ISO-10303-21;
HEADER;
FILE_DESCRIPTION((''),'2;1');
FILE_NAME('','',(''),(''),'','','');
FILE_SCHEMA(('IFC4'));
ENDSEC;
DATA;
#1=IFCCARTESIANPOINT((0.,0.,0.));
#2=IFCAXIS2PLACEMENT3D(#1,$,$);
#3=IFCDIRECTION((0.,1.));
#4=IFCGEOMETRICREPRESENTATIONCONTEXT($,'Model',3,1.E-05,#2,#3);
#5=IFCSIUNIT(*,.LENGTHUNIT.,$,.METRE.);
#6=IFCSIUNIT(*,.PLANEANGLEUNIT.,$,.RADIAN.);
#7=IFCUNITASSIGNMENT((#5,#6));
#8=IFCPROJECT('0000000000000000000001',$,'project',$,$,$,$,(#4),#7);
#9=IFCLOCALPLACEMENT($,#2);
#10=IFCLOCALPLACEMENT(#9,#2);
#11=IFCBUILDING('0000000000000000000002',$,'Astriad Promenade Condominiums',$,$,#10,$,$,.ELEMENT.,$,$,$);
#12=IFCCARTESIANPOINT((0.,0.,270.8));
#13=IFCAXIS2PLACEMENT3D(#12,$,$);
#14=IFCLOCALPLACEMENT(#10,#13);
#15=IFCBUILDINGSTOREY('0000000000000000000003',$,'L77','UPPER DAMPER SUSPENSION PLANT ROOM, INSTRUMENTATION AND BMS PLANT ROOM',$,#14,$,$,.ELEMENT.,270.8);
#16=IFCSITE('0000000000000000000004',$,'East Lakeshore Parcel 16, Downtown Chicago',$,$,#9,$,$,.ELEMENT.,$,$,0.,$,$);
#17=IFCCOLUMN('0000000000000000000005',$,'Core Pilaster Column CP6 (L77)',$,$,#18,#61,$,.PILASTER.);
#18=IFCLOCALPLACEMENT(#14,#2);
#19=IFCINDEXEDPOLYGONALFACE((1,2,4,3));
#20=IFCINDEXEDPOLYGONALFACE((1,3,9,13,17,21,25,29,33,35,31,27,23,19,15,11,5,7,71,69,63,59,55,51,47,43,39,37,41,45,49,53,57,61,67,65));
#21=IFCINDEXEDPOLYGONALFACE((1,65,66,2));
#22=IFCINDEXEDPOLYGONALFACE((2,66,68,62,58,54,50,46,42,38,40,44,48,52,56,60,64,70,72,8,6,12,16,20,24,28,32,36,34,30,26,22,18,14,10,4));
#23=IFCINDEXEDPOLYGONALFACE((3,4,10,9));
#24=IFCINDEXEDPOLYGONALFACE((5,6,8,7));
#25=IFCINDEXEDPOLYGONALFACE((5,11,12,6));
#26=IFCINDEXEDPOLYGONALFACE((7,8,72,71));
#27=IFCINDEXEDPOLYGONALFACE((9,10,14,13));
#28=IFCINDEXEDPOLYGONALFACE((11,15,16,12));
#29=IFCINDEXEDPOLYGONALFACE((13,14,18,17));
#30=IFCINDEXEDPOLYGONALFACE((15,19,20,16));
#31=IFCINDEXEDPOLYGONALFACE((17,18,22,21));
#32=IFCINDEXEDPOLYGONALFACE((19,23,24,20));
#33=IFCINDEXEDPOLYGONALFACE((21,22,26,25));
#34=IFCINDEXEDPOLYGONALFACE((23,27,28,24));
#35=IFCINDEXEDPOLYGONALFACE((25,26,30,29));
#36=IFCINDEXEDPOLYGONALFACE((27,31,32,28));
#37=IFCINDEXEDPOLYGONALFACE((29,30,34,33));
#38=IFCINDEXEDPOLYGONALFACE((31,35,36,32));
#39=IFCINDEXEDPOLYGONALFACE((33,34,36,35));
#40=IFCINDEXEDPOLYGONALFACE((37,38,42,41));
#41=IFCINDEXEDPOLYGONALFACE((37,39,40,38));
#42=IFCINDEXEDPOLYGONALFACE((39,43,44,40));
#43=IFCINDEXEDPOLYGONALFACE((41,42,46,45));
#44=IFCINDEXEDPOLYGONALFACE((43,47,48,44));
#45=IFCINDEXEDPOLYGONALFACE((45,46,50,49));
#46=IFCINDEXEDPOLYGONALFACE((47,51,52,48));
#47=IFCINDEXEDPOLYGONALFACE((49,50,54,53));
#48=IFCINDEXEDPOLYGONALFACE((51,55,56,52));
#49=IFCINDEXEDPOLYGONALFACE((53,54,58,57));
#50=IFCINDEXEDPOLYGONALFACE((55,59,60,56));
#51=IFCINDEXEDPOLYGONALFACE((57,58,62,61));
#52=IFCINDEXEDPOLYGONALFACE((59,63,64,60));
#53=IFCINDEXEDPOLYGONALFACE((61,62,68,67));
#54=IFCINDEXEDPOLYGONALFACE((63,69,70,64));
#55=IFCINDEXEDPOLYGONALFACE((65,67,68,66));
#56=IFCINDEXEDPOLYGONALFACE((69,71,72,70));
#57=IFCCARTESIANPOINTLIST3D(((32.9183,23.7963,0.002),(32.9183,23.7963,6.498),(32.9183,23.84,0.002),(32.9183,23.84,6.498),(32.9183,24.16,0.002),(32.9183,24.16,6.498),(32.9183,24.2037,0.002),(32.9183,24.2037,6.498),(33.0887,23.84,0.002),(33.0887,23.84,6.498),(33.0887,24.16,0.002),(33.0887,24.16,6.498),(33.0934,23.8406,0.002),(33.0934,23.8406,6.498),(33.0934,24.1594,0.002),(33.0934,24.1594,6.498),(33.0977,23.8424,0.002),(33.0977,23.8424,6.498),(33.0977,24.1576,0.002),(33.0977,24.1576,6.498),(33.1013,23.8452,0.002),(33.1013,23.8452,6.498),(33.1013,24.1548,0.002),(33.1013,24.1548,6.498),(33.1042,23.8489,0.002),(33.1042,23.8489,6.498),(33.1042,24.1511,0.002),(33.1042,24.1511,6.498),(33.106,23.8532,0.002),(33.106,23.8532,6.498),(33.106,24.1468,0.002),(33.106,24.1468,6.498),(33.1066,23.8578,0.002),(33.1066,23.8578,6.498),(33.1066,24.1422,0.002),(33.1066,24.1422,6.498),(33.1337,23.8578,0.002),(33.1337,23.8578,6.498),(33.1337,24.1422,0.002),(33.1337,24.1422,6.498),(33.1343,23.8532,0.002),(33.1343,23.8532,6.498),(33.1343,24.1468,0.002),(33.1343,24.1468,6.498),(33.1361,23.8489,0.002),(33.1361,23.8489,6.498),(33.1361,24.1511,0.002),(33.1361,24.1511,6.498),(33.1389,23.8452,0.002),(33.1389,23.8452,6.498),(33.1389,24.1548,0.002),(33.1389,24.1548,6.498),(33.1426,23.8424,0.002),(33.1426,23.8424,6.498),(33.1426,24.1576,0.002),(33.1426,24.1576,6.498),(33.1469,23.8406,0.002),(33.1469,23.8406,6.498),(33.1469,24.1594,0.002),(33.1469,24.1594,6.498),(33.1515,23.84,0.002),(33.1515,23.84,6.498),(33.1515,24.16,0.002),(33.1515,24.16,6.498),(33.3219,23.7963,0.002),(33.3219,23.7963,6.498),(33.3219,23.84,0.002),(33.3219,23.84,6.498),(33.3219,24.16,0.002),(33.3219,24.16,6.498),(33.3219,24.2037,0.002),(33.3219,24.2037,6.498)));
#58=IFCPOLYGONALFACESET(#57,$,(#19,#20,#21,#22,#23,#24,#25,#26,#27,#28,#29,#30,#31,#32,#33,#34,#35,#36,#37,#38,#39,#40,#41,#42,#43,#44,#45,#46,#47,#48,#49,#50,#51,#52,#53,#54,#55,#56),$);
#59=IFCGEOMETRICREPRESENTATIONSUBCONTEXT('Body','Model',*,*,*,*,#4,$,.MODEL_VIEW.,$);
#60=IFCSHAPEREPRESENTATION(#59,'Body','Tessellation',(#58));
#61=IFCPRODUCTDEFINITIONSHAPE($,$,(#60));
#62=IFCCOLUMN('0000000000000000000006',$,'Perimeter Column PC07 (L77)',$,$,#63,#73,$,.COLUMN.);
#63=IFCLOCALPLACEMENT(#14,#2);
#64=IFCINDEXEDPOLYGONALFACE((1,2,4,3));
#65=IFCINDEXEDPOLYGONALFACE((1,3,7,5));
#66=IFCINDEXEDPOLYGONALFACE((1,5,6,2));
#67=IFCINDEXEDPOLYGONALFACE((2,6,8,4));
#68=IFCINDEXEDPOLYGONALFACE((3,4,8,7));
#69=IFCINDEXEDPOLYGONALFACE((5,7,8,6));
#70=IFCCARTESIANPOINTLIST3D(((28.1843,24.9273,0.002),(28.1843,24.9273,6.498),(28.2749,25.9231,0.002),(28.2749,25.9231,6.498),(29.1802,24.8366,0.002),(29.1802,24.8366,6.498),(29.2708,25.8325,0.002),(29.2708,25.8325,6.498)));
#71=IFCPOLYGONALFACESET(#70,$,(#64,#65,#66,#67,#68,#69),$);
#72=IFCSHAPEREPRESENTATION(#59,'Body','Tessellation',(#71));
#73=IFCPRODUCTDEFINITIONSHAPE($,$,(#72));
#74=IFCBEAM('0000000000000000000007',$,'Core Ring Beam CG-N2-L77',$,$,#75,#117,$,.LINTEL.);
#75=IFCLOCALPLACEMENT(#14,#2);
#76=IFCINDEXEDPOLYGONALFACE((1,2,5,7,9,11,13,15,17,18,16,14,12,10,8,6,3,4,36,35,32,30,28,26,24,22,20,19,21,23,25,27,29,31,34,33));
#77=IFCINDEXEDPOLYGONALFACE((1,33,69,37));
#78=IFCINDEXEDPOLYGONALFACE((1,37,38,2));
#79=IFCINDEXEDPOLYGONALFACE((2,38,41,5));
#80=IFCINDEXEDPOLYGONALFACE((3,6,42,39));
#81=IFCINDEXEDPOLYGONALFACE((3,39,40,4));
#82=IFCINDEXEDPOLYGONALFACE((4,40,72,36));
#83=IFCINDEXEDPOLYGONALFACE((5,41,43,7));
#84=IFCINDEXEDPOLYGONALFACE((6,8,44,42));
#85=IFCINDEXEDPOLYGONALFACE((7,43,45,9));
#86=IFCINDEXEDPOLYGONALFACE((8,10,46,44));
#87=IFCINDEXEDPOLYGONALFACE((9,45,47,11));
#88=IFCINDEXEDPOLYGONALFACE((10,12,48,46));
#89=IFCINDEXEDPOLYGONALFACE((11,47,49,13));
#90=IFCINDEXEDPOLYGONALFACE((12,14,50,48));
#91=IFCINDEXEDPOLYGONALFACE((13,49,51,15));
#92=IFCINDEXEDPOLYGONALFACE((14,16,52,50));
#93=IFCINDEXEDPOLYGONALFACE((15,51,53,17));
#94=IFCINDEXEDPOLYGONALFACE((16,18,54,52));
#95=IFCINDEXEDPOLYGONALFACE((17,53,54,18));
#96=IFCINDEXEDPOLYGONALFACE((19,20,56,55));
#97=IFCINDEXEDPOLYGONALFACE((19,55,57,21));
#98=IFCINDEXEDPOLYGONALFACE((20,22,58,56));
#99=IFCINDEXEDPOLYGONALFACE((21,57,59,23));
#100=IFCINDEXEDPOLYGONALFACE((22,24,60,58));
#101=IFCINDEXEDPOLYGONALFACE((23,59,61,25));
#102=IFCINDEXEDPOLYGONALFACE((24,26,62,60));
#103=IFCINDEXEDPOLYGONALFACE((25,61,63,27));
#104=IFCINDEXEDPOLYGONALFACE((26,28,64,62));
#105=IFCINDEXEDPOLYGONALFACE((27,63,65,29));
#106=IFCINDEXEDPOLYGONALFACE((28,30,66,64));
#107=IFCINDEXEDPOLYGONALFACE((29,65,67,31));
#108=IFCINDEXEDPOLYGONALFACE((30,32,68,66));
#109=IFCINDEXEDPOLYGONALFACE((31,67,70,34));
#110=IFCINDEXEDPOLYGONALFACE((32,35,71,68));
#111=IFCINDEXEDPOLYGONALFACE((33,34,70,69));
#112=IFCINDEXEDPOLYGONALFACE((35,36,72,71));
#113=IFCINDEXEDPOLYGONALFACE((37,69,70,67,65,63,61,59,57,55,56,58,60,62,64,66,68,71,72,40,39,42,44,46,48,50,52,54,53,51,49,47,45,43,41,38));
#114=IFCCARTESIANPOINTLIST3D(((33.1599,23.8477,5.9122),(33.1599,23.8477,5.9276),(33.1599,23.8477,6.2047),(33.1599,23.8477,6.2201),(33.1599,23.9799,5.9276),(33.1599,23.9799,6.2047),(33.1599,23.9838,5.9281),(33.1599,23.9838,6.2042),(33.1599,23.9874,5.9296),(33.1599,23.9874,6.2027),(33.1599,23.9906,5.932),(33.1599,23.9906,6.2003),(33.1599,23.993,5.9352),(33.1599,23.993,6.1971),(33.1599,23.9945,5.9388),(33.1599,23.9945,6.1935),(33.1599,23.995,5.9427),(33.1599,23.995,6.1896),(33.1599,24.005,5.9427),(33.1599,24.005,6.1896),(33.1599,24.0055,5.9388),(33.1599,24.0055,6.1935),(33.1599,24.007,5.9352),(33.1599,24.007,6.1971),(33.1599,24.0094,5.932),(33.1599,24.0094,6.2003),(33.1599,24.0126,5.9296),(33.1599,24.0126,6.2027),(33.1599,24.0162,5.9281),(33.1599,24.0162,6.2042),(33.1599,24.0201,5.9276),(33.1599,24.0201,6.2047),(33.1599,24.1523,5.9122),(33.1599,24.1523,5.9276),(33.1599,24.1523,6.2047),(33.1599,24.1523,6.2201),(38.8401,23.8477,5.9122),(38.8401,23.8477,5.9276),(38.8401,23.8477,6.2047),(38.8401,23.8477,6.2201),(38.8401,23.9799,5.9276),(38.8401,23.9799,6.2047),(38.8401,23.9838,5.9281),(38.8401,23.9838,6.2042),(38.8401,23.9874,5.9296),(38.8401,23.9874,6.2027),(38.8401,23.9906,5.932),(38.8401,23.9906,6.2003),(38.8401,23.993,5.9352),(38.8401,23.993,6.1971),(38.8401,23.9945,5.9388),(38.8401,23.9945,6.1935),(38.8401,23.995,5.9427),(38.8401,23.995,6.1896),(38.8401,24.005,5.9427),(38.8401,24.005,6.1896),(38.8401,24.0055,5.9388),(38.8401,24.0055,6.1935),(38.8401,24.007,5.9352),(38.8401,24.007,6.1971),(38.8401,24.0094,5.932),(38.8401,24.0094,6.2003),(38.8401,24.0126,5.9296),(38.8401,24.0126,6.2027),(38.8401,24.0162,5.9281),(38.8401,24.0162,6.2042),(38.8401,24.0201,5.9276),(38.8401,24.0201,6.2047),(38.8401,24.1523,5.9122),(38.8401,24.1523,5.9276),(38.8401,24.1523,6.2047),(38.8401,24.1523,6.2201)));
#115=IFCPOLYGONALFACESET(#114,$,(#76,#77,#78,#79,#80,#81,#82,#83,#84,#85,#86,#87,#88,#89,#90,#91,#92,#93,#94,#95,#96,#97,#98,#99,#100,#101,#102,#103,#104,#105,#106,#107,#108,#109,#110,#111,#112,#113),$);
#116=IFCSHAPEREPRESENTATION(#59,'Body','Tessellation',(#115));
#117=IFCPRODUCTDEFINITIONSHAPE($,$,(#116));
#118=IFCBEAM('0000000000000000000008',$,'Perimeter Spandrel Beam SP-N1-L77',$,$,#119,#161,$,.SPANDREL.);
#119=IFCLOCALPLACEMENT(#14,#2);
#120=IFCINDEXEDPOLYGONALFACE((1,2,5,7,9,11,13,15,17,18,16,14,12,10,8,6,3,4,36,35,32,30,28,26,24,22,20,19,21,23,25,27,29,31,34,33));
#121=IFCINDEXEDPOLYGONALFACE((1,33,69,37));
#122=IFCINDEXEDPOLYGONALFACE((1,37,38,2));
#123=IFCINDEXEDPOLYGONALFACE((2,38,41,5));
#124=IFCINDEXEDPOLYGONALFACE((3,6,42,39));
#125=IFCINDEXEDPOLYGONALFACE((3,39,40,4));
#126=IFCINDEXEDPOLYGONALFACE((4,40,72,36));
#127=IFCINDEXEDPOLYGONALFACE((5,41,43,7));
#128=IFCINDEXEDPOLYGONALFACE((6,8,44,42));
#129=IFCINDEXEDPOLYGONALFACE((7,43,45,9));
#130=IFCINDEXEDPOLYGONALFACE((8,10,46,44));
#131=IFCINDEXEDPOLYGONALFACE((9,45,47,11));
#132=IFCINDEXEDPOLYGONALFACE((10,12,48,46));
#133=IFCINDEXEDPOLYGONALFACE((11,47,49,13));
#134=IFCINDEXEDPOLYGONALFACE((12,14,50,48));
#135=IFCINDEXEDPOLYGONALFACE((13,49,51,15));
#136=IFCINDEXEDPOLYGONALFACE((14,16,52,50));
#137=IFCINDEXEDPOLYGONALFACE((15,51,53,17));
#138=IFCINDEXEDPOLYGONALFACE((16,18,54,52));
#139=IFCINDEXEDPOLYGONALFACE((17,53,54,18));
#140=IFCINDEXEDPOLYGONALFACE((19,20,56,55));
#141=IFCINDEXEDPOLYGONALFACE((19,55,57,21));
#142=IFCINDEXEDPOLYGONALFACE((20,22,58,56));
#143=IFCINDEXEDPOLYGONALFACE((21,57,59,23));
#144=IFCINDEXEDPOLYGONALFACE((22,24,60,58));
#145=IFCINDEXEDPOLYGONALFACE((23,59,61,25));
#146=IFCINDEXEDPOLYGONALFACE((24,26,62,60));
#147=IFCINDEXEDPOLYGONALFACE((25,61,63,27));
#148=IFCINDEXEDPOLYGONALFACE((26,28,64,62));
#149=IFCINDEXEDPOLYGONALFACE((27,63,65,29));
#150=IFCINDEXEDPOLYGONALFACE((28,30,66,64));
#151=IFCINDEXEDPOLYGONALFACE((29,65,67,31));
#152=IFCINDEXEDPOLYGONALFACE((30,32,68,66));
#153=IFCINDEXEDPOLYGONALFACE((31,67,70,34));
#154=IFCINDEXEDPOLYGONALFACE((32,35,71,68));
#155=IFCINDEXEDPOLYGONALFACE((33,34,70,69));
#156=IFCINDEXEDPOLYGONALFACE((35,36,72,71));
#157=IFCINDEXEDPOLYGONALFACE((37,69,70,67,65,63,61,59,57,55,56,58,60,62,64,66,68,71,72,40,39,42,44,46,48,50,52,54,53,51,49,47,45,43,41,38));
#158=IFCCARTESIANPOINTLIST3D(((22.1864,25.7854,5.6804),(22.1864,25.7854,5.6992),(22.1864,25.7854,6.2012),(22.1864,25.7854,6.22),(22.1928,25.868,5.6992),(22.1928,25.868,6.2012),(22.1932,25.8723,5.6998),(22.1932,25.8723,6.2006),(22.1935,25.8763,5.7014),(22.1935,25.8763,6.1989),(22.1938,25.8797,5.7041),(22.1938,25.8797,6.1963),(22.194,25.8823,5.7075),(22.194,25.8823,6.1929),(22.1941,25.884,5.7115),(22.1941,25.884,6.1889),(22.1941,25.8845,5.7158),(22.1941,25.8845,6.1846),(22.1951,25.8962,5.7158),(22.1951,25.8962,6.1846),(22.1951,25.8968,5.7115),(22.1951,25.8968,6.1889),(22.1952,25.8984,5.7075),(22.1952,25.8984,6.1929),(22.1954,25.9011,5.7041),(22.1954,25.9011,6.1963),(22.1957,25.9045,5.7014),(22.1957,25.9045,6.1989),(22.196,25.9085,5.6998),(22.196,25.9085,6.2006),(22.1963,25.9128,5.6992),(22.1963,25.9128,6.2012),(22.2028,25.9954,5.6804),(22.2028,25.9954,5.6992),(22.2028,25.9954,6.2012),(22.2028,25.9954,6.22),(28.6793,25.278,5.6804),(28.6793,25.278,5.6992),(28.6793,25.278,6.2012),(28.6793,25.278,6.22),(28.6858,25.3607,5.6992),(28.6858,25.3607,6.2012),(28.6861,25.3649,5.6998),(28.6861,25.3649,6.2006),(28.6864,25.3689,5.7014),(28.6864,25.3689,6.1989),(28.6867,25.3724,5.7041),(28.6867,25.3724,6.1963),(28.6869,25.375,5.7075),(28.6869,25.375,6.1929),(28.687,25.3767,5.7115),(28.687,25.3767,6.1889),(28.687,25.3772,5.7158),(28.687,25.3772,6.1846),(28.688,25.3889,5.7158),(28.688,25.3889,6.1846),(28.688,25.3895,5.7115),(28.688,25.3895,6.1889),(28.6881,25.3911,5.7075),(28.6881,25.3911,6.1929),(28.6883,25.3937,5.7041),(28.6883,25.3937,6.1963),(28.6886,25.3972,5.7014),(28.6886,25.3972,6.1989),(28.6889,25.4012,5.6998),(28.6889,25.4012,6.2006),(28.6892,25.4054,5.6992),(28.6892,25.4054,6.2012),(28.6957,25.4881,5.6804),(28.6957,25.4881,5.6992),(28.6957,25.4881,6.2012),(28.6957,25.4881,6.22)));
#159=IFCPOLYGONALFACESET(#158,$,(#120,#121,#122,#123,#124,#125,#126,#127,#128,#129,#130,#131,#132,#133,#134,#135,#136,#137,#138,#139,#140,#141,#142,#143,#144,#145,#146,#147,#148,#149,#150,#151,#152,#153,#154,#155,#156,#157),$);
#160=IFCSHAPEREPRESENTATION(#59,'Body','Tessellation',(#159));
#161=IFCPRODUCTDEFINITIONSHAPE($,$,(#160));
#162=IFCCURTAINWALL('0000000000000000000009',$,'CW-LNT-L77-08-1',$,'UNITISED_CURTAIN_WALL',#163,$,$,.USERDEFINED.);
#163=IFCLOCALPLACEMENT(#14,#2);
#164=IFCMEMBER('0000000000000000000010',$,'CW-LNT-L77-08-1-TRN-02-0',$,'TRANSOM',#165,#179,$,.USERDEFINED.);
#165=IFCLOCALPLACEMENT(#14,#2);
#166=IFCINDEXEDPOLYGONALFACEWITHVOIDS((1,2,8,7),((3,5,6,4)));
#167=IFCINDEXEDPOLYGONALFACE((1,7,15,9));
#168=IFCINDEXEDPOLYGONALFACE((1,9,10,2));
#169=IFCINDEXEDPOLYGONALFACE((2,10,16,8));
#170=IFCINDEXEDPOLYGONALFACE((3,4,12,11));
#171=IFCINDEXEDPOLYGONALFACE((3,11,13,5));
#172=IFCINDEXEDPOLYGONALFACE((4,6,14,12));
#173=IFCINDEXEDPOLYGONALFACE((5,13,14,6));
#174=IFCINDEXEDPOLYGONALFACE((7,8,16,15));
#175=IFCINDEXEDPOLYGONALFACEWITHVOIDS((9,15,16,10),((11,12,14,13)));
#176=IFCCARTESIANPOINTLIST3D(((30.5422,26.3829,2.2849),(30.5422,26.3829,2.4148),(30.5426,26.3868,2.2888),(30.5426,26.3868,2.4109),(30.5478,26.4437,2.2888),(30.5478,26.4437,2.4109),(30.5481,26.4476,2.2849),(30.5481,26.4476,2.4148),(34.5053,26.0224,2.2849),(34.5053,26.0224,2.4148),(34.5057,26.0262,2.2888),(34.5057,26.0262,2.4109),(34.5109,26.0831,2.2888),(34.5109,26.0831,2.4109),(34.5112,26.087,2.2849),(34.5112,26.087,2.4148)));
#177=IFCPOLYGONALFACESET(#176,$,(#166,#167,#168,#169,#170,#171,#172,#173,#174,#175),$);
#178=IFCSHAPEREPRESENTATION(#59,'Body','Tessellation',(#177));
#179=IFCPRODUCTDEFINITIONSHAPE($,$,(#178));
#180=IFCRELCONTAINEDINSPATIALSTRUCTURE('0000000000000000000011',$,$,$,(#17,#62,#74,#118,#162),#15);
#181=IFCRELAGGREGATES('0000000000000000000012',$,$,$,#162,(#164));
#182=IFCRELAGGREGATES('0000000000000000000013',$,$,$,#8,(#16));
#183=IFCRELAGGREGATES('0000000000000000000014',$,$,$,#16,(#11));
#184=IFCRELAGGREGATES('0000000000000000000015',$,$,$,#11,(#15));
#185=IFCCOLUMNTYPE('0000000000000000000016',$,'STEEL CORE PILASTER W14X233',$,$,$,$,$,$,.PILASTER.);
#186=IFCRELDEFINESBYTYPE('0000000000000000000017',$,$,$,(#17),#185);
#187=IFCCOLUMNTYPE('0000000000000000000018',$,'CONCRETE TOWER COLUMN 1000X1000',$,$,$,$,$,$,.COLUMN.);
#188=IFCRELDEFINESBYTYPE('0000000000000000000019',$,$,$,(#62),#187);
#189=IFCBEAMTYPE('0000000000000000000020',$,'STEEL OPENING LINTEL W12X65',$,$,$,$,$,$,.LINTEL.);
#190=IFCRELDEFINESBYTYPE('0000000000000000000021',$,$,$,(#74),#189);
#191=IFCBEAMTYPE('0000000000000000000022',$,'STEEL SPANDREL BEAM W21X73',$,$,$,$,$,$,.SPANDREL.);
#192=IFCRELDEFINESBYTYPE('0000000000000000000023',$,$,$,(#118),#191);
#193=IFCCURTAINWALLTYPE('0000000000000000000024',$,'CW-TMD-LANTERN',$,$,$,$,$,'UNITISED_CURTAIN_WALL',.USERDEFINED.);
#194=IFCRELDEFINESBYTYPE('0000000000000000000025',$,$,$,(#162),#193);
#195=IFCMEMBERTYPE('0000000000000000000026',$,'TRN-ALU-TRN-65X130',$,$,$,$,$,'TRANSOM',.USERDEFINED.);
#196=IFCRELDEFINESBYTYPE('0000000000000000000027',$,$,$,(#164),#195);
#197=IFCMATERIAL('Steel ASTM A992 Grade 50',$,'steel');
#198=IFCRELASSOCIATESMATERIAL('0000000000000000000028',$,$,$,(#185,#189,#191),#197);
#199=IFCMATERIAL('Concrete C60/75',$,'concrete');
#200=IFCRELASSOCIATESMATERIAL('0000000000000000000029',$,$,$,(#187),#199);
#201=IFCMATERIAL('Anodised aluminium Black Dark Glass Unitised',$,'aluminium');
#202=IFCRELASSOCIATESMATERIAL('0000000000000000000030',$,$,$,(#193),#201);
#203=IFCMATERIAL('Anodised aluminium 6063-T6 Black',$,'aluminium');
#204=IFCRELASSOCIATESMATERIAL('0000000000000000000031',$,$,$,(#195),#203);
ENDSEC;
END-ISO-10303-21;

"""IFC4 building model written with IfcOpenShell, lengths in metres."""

from ifc_helpers import new_model, si_unit, direction, frame, origin, origin_2d, place, context, subcontext, project, spatial, rectangle, hollow_rectangle, i_section, extrude, source, transform, mapped, material, material_profile, profile_set, type_object, type_shapes, element, aggregate, save


model = new_model("IFC4")

# Units and contexts
model_context = context("Model", 3, precision=1e-05, world=origin(), true_north=direction((0.0, 1.0)))
body_context = subcontext(model_context, "Body", "Model", "MODEL_VIEW")
ifc_project = project(units=[si_unit("LENGTHUNIT", "METRE"), si_unit("PLANEANGLEUNIT", "RADIAN")], contexts=[model_context])

# Site, building, storey
site_placement = place(None, origin())
site = spatial("IfcSite", under=ifc_project, at=site_placement, Name="East Lakeshore Parcel 16, Downtown Chicago", CompositionType="ELEMENT", RefElevation=0.0)
building_placement = place(site_placement, origin())
building = spatial("IfcBuilding", under=site, at=building_placement, Name="Astriad Promenade Condominiums", CompositionType="ELEMENT")
storey_placement = place(building_placement, frame((0.0, 0.0, 270.8)))
storey = spatial("IfcBuildingStorey", under=building, at=storey_placement, Name="L77", Description="UPPER DAMPER SUSPENSION PLANT ROOM, INSTRUMENTATION AND BMS PLANT ROOM", CompositionType="ELEMENT", Elevation=270.8)

# Columns
ifc_material_1 = material(Name="Steel ASTM A992 Grade 50", Category="steel")
ifc_material_profile_1 = material_profile(ifc_material_1, i_section(OverallWidth=0.4036, OverallDepth=0.4075, WebThickness=0.0271, FlangeThickness=0.0437, FilletRadius=0.0178, at=origin_2d()), Name="W14X233")
ifc_profile_set_1 = profile_set([ifc_material_profile_1], Name="Steel ASTM A992 Grade 50")
column_type_1 = type_object("IfcColumnType", Name="STEEL CORE PILASTER W14X233", PredefinedType="PILASTER", material=ifc_profile_set_1)
shared_shape_1 = source(origin(), body_context, "Body", "SweptSolid", [
    extrude(i_section(OverallWidth=0.4036, OverallDepth=0.4075, WebThickness=0.0271, FlangeThickness=0.0437, FilletRadius=0.0178, at=origin_2d()), origin(), (0.0, 0.0, 1.0), 6.4961),
])
type_shapes(column_type_1, [shared_shape_1])
column_1_placement = place(storey_placement, frame((33.1201, 24.0, 0.002), z_axis=(0.0, 0.0, 1.0), x_axis=(1.0, 0.0, 0.0)))
element("IfcColumn", 1, at=column_1_placement, inside=storey, type_object=column_type_1, Name="Core Pilaster Column CP6 (L77)", PredefinedType="PILASTER", context=body_context, shape_type="MappedRepresentation", body=[
    mapped(shared_shape_1, transform((0.0, 0.0, 0.0), scale=1.0)),
])
ifc_material_2 = material(Name="Concrete C60/75", Category="concrete")
ifc_material_profile_2 = material_profile(ifc_material_2, rectangle(XDim=1.0, YDim=1.0, at=origin_2d()), Name="RC-COL-1000X1000")
ifc_profile_set_2 = profile_set([ifc_material_profile_2], Name="Concrete C60/75")
column_type_2 = type_object("IfcColumnType", Name="CONCRETE TOWER COLUMN 1000X1000", PredefinedType="COLUMN", material=ifc_profile_set_2)
shared_shape_2 = source(origin(), body_context, "Body", "SweptSolid", [
    extrude(rectangle(XDim=1.0, YDim=1.0, at=origin_2d()), origin(), (0.0, 0.0, 1.0), 6.4961),
])
type_shapes(column_type_2, [shared_shape_2])
column_2_placement = place(storey_placement, frame((28.7275, 25.3799, 0.002), z_axis=(0.0, 0.0, 1.0), x_axis=(0.995884, -0.090633, 0.0)))
element("IfcColumn", 2, at=column_2_placement, inside=storey, type_object=column_type_2, Name="Perimeter Column PC07 (L77)", PredefinedType="COLUMN", context=body_context, shape_type="MappedRepresentation", body=[
    mapped(shared_shape_2, transform((0.0, 0.0, 0.0), scale=1.0)),
])

# Beams
ifc_material_profile_3 = material_profile(ifc_material_1, i_section(OverallWidth=0.3047, OverallDepth=0.3079, WebThickness=0.01, FlangeThickness=0.0154, FilletRadius=0.0151, at=origin_2d()), Name="W12X65")
ifc_profile_set_3 = profile_set([ifc_material_profile_3], Name="Steel ASTM A992 Grade 50")
beam_type_1 = type_object("IfcBeamType", Name="STEEL OPENING LINTEL W12X65", PredefinedType="LINTEL", material=ifc_profile_set_3)
shared_shape_3 = source(origin(), body_context, "Body", "SweptSolid", [
    extrude(i_section(OverallWidth=0.3047, OverallDepth=0.3079, WebThickness=0.01, FlangeThickness=0.0154, FilletRadius=0.0151, at=origin_2d()), origin(), (0.0, 0.0, 1.0), 5.6802),
])
type_shapes(beam_type_1, [shared_shape_3])
beam_1_placement = place(storey_placement, frame((33.1599, 24.0, 6.0662), z_axis=(1.0, 0.0, 0.0), x_axis=(0.0, 1.0, 0.0)))
element("IfcBeam", 3, at=beam_1_placement, inside=storey, type_object=beam_type_1, Name="Core Ring Beam CG-N2-L77", PredefinedType="LINTEL", context=body_context, shape_type="MappedRepresentation", body=[
    mapped(shared_shape_3, transform((0.0, 0.0, 0.0), scale=1.0)),
])
ifc_material_profile_4 = material_profile(ifc_material_1, i_section(OverallWidth=0.2107, OverallDepth=0.5396, WebThickness=0.0117, FlangeThickness=0.0188, FilletRadius=0.0166, at=origin_2d()), Name="W21X73")
ifc_profile_set_4 = profile_set([ifc_material_profile_4], Name="Steel ASTM A992 Grade 50")
beam_type_2 = type_object("IfcBeamType", Name="STEEL SPANDREL BEAM W21X73", PredefinedType="SPANDREL", material=ifc_profile_set_4)
shared_shape_4 = source(origin(), body_context, "Body", "SweptSolid", [
    extrude(i_section(OverallWidth=0.2107, OverallDepth=0.5396, WebThickness=0.0117, FlangeThickness=0.0188, FilletRadius=0.0166, at=origin_2d()), origin(), (0.0, 0.0, 1.0), 6.5127),
])
type_shapes(beam_type_2, [shared_shape_4])
beam_2_placement = place(storey_placement, frame((28.6875, 25.3831, 5.9502), z_axis=(-0.996961, 0.077898, 0.0), x_axis=(-0.077898, -0.996961, 0.0)))
element("IfcBeam", 4, at=beam_2_placement, inside=storey, type_object=beam_type_2, Name="Perimeter Spandrel Beam SP-N1-L77", PredefinedType="SPANDREL", context=body_context, shape_type="MappedRepresentation", body=[
    mapped(shared_shape_4, transform((0.0, 0.0, 0.0), scale=1.0)),
])

# Curtain wall, member
ifc_material_3 = material(Name="Anodised aluminium Black Dark Glass Unitised", Category="aluminium")
curtain_wall_type = type_object("IfcCurtainWallType", Name="CW-TMD-LANTERN", ElementType="UNITISED_CURTAIN_WALL", PredefinedType="USERDEFINED", material=ifc_material_3)
curtain_wall_placement = place(storey_placement, origin())
curtain_wall = element("IfcCurtainWall", 5, at=curtain_wall_placement, inside=storey, type_object=curtain_wall_type, Name="CW-LNT-L77-08-1", ObjectType="UNITISED_CURTAIN_WALL", PredefinedType="USERDEFINED")
ifc_material_4 = material(Name="Anodised aluminium 6063-T6 Black", Category="aluminium")
ifc_material_profile_5 = material_profile(ifc_material_4, hollow_rectangle(XDim=0.0649, YDim=0.1299, WallThickness=0.0039, at=origin_2d()), Name="ALU-TRN-65X130")
ifc_profile_set_5 = profile_set([ifc_material_profile_5], Name="Anodised aluminium 6063-T6 Black")
member_type_1 = type_object("IfcMemberType", Name="TRN-ALU-TRN-65X130", ElementType="TRANSOM", PredefinedType="USERDEFINED", material=ifc_profile_set_5)
shared_shape_5 = source(origin(), body_context, "Body", "SweptSolid", [
    extrude(hollow_rectangle(XDim=0.0649, YDim=0.1299, WallThickness=0.0039, at=origin_2d()), origin(), (0.0, 0.0, 1.0), 3.9795),
])
member_1_placement = place(storey_placement, frame((30.5452, 26.4153, 2.3499), z_axis=(0.995886, -0.090613, 0.0), x_axis=(0.090613, 0.995886, 0.0)))
member_1 = element("IfcMember", 6, at=member_1_placement, type_object=member_type_1, Name="CW-LNT-L77-08-1-TRN-02-0", ObjectType="TRANSOM", PredefinedType="USERDEFINED", context=body_context, shape_type="MappedRepresentation", body=[
    mapped(shared_shape_5, transform((0.0, 0.0, 0.0), scale=1.0)),
])
aggregate(curtain_wall, [member_1])

save(model, "model.ifc")
